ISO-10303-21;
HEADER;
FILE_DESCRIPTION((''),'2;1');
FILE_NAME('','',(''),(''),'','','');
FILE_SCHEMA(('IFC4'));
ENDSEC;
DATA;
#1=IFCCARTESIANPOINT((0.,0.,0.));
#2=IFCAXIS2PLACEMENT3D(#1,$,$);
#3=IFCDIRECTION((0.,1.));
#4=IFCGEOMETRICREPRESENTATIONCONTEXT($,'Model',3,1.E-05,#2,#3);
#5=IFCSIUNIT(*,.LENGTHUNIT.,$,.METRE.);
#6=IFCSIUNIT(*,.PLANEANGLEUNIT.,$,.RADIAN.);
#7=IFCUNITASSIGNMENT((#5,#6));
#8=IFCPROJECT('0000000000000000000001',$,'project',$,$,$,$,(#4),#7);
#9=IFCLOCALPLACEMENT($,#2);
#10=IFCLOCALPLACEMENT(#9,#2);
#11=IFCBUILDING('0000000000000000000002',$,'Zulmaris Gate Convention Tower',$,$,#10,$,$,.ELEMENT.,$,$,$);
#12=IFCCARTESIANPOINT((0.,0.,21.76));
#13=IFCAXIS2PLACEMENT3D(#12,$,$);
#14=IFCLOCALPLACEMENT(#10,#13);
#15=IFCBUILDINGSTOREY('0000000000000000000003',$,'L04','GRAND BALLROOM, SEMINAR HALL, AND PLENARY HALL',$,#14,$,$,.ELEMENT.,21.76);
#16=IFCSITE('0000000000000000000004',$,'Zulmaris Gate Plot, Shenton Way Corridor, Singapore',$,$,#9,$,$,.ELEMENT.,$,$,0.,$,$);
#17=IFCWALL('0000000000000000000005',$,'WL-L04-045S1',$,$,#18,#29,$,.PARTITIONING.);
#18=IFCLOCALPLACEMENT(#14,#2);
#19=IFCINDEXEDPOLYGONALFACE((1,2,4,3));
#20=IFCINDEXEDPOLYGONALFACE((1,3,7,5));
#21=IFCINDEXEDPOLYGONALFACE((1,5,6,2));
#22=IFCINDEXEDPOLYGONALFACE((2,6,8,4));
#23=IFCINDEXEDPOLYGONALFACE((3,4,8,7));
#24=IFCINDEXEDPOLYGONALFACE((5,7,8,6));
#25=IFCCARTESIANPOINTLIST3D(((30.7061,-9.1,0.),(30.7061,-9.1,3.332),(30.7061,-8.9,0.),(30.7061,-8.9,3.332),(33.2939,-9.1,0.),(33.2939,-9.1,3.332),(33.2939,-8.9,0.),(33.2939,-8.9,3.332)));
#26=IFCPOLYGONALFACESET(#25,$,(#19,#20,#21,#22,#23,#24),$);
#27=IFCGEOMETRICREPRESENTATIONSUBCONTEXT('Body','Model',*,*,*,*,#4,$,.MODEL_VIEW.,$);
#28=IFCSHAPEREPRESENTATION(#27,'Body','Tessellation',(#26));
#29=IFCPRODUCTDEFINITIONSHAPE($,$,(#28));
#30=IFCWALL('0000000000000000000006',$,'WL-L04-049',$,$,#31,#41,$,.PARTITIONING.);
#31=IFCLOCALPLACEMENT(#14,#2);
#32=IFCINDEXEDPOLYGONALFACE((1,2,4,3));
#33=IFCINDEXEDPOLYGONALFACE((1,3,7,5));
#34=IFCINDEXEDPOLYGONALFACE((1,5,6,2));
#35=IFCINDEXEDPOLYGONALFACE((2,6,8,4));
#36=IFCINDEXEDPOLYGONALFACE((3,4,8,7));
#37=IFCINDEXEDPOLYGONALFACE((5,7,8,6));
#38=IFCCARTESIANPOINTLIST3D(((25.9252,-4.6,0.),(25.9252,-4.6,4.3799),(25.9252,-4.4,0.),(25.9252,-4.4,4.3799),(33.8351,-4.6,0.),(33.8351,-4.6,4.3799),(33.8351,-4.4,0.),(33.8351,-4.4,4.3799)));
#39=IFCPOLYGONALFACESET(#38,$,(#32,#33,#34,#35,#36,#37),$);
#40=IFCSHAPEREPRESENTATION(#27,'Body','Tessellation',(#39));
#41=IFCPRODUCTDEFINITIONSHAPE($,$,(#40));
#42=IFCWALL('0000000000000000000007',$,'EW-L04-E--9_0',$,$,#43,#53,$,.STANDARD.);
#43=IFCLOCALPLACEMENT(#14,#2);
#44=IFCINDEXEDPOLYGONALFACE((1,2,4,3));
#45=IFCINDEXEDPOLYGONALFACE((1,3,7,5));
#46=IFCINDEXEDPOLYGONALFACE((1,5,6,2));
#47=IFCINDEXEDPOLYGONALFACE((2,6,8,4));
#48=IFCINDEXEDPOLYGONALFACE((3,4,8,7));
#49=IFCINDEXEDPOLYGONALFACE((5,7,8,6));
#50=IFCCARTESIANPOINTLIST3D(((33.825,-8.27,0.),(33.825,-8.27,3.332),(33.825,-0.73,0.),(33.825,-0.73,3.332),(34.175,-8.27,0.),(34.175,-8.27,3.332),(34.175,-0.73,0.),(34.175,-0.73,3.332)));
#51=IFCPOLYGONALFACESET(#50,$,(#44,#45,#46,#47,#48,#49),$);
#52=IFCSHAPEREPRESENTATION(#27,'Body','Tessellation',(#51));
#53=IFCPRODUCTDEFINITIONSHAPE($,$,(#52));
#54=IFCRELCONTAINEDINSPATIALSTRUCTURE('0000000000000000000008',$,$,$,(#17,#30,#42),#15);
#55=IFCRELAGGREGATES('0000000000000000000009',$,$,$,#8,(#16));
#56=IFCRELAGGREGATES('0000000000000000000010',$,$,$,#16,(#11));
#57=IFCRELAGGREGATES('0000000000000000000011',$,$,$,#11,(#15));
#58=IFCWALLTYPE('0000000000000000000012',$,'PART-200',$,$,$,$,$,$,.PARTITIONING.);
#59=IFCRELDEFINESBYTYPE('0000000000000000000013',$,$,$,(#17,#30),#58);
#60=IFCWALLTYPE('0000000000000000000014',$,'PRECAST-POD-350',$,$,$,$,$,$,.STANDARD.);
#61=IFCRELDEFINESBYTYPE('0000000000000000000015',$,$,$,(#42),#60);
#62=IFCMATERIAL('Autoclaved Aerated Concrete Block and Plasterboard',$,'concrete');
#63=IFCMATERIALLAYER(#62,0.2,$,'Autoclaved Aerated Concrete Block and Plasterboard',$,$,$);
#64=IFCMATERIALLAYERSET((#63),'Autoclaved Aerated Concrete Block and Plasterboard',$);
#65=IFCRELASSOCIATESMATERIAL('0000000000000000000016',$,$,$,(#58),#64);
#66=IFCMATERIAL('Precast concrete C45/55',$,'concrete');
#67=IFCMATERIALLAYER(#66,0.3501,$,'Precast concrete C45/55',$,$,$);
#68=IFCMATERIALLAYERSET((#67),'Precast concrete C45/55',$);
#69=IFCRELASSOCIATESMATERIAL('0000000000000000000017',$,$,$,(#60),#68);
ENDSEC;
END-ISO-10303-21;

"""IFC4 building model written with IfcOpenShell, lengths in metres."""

from ifc_helpers import new_model, si_unit, direction, frame, frame_2d, origin, place, context, subcontext, project, spatial, rectangle, extrude, material, layer, layer_set, type_object, element, save


model = new_model("IFC4")

# Units and contexts
model_context = context("Model", 3, precision=1e-05, world=origin(), true_north=direction((0.0, 1.0)))
body_context = subcontext(model_context, "Body", "Model", "MODEL_VIEW")
ifc_project = project(units=[si_unit("LENGTHUNIT", "METRE"), si_unit("PLANEANGLEUNIT", "RADIAN")], contexts=[model_context])

# Site, building, storey
site_placement = place(None, origin())
site = spatial("IfcSite", under=ifc_project, at=site_placement, Name="Zulmaris Gate Plot, Shenton Way Corridor, Singapore", CompositionType="ELEMENT", RefElevation=0.0)
building_placement = place(site_placement, origin())
building = spatial("IfcBuilding", under=site, at=building_placement, Name="Zulmaris Gate Convention Tower", CompositionType="ELEMENT")
storey_placement = place(building_placement, frame((0.0, 0.0, 21.76)))
storey = spatial("IfcBuildingStorey", under=building, at=storey_placement, Name="L04", Description="GRAND BALLROOM, SEMINAR HALL, AND PLENARY HALL", CompositionType="ELEMENT", Elevation=21.76)

# Walls
ifc_material_1 = material(Name="Autoclaved Aerated Concrete Block and Plasterboard", Category="concrete")
ifc_layer_1 = layer(ifc_material_1, 0.2, Name="Autoclaved Aerated Concrete Block and Plasterboard")
ifc_layer_set_1 = layer_set([ifc_layer_1], Name="Autoclaved Aerated Concrete Block and Plasterboard")
wall_type_1 = type_object("IfcWallType", Name="PART-200", PredefinedType="PARTITIONING", material=ifc_layer_set_1)
wall_1_placement = place(storey_placement, frame((30.7061, -9.0, 0.0), z_axis=(0.0, 0.0, 1.0), x_axis=(1.0, 0.0, 0.0)))
element("IfcWall", 1, at=wall_1_placement, inside=storey, type_object=wall_type_1, Name="WL-L04-045S1", PredefinedType="PARTITIONING", context=body_context, shape_type="SweptSolid", body=[
    extrude(rectangle(XDim=2.5879, YDim=0.2, at=frame_2d((1.2939, 0.0))), origin(), (0.0, 0.0, 1.0), 3.332),
])
wall_2_placement = place(storey_placement, frame((25.925, -4.5, 0.0), z_axis=(0.0, 0.0, 1.0), x_axis=(1.0, 0.0, 0.0)))
element("IfcWall", 2, at=wall_2_placement, inside=storey, type_object=wall_type_1, Name="WL-L04-049", PredefinedType="PARTITIONING", context=body_context, shape_type="SweptSolid", body=[
    extrude(rectangle(XDim=7.9099, YDim=0.2, at=frame_2d((3.9551, 0.0))), origin(), (0.0, 0.0, 1.0), 4.3799),
])
ifc_material_2 = material(Name="Precast concrete C45/55", Category="concrete")
ifc_layer_2 = layer(ifc_material_2, 0.3501, Name="Precast concrete C45/55")
ifc_layer_set_2 = layer_set([ifc_layer_2], Name="Precast concrete C45/55")
wall_type_2 = type_object("IfcWallType", Name="PRECAST-POD-350", PredefinedType="STANDARD", material=ifc_layer_set_2)
wall_3_placement = place(storey_placement, frame((34.0, -0.73, 0.0), z_axis=(0.0, 0.0, 1.0), x_axis=(0.0, -1.0, 0.0)))
element("IfcWall", 3, at=wall_3_placement, inside=storey, type_object=wall_type_2, Name="EW-L04-E--9_0", PredefinedType="STANDARD", context=body_context, shape_type="SweptSolid", body=[
    extrude(rectangle(XDim=7.54, YDim=0.3501, at=frame_2d((3.77, 0.0))), origin(), (0.0, 0.0, 1.0), 3.332),
])

save(model, "model.ifc")
